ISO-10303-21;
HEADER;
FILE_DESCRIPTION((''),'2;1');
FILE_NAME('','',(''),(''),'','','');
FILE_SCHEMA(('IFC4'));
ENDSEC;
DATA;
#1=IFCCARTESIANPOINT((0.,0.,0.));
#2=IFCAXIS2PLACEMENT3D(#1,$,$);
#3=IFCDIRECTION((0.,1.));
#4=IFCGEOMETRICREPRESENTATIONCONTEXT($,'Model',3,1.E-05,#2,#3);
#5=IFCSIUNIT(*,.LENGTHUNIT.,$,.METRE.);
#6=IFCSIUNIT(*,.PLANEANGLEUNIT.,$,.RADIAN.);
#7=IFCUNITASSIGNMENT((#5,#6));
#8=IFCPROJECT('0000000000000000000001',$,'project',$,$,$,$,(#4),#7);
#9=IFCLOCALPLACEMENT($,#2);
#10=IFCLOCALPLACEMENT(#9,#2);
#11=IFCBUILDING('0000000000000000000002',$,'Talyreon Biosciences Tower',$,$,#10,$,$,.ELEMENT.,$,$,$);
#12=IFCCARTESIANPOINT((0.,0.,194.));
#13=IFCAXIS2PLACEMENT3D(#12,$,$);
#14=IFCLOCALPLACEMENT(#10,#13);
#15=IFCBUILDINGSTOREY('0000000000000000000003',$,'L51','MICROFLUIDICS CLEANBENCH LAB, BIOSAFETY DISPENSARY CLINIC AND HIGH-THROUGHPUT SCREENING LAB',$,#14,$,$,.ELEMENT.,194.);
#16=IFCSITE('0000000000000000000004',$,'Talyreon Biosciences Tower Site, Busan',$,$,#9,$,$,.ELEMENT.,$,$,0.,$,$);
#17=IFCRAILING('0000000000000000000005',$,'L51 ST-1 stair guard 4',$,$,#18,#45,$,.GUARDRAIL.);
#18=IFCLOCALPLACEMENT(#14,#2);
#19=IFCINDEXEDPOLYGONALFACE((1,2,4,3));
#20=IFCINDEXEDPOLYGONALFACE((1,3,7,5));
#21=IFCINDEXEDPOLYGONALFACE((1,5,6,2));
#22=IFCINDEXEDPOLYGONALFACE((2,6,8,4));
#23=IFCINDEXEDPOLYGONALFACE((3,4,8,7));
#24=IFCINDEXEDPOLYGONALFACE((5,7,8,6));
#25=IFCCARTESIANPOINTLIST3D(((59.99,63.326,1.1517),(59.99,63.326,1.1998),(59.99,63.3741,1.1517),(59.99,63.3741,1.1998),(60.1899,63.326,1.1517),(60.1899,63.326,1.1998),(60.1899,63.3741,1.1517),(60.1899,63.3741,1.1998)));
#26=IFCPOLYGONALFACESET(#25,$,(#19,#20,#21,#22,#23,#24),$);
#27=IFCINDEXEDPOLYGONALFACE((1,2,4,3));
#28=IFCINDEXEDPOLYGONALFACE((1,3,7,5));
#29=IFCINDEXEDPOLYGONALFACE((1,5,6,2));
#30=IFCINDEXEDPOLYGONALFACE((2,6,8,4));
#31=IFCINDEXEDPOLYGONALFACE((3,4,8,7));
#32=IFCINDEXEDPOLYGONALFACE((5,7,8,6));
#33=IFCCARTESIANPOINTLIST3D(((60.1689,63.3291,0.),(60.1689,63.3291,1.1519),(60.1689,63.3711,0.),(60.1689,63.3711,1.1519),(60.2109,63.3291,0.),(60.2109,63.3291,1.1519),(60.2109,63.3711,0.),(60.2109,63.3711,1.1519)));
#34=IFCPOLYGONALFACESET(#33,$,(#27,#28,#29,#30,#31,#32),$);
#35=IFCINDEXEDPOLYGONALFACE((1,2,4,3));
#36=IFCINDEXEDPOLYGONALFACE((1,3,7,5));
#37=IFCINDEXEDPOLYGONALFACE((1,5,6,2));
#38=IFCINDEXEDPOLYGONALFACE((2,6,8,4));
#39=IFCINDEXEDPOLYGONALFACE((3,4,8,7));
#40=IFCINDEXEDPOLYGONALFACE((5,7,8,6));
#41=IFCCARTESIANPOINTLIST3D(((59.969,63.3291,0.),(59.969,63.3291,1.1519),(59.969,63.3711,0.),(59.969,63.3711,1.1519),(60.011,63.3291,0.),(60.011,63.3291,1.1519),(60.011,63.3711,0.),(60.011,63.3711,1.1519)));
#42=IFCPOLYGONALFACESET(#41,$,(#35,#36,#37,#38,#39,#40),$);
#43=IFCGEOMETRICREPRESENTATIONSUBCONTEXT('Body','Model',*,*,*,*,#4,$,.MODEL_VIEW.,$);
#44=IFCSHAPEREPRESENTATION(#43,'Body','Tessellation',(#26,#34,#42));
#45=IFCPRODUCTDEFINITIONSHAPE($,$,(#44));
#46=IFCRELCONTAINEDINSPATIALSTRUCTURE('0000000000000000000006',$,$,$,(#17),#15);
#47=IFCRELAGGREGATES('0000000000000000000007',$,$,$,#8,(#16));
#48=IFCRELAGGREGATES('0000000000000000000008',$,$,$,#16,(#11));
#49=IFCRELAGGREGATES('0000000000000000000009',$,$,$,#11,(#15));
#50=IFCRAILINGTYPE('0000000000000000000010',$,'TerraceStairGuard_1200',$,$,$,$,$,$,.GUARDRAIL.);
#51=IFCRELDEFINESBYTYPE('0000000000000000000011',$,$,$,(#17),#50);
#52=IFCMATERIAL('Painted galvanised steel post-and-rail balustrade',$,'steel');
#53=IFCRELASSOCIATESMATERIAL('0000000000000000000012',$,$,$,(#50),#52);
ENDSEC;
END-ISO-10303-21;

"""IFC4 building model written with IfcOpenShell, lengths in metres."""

from ifc_helpers import new_model, si_unit, direction, frame, origin, origin_2d, place, context, subcontext, project, spatial, rectangle, extrude, material, type_object, element, save


model = new_model("IFC4")

# Units and contexts
model_context = context("Model", 3, precision=1e-05, world=origin(), true_north=direction((0.0, 1.0)))
body_context = subcontext(model_context, "Body", "Model", "MODEL_VIEW")
ifc_project = project(units=[si_unit("LENGTHUNIT", "METRE"), si_unit("PLANEANGLEUNIT", "RADIAN")], contexts=[model_context])

# Site, building, storey
site_placement = place(None, origin())
site = spatial("IfcSite", under=ifc_project, at=site_placement, Name="Talyreon Biosciences Tower Site, Busan", CompositionType="ELEMENT", RefElevation=0.0)
building_placement = place(site_placement, origin())
building = spatial("IfcBuilding", under=site, at=building_placement, Name="Talyreon Biosciences Tower", CompositionType="ELEMENT")
storey_placement = place(building_placement, frame((0.0, 0.0, 194.0)))
storey = spatial("IfcBuildingStorey", under=building, at=storey_placement, Name="L51", Description="MICROFLUIDICS CLEANBENCH LAB, BIOSAFETY DISPENSARY CLINIC AND HIGH-THROUGHPUT SCREENING LAB", CompositionType="ELEMENT", Elevation=194.0)

# Railing
ifc_material_1 = material(Name="Painted galvanised steel post-and-rail balustrade", Category="steel")
railing_type_1 = type_object("IfcRailingType", Name="TerraceStairGuard_1200", PredefinedType="GUARDRAIL", material=ifc_material_1)
railing_1_placement = place(storey_placement, frame((60.1899, 63.3501, 0.0)))
element("IfcRailing", 1, at=railing_1_placement, inside=storey, type_object=railing_type_1, Name="L51 ST-1 stair guard 4", PredefinedType="GUARDRAIL", context=body_context, shape_type="SweptSolid", body=[
    extrude(rectangle(XDim=0.0481, YDim=0.0481, at=origin_2d()), frame((0.0, 0.0, 1.1758), z_axis=(-1.0, 0.0, 0.0), x_axis=(0.0, -1.0, 0.0)), (0.0, 0.0, 1.0), 0.2),
    extrude(rectangle(XDim=0.042, YDim=0.042, at=origin_2d()), origin(), (0.0, 0.0, 1.0), 1.1519),
    extrude(rectangle(XDim=0.042, YDim=0.042, at=origin_2d()), frame((-0.2, 0.0, 0.0)), (0.0, 0.0, 1.0), 1.1519),
])

save(model, "model.ifc")
